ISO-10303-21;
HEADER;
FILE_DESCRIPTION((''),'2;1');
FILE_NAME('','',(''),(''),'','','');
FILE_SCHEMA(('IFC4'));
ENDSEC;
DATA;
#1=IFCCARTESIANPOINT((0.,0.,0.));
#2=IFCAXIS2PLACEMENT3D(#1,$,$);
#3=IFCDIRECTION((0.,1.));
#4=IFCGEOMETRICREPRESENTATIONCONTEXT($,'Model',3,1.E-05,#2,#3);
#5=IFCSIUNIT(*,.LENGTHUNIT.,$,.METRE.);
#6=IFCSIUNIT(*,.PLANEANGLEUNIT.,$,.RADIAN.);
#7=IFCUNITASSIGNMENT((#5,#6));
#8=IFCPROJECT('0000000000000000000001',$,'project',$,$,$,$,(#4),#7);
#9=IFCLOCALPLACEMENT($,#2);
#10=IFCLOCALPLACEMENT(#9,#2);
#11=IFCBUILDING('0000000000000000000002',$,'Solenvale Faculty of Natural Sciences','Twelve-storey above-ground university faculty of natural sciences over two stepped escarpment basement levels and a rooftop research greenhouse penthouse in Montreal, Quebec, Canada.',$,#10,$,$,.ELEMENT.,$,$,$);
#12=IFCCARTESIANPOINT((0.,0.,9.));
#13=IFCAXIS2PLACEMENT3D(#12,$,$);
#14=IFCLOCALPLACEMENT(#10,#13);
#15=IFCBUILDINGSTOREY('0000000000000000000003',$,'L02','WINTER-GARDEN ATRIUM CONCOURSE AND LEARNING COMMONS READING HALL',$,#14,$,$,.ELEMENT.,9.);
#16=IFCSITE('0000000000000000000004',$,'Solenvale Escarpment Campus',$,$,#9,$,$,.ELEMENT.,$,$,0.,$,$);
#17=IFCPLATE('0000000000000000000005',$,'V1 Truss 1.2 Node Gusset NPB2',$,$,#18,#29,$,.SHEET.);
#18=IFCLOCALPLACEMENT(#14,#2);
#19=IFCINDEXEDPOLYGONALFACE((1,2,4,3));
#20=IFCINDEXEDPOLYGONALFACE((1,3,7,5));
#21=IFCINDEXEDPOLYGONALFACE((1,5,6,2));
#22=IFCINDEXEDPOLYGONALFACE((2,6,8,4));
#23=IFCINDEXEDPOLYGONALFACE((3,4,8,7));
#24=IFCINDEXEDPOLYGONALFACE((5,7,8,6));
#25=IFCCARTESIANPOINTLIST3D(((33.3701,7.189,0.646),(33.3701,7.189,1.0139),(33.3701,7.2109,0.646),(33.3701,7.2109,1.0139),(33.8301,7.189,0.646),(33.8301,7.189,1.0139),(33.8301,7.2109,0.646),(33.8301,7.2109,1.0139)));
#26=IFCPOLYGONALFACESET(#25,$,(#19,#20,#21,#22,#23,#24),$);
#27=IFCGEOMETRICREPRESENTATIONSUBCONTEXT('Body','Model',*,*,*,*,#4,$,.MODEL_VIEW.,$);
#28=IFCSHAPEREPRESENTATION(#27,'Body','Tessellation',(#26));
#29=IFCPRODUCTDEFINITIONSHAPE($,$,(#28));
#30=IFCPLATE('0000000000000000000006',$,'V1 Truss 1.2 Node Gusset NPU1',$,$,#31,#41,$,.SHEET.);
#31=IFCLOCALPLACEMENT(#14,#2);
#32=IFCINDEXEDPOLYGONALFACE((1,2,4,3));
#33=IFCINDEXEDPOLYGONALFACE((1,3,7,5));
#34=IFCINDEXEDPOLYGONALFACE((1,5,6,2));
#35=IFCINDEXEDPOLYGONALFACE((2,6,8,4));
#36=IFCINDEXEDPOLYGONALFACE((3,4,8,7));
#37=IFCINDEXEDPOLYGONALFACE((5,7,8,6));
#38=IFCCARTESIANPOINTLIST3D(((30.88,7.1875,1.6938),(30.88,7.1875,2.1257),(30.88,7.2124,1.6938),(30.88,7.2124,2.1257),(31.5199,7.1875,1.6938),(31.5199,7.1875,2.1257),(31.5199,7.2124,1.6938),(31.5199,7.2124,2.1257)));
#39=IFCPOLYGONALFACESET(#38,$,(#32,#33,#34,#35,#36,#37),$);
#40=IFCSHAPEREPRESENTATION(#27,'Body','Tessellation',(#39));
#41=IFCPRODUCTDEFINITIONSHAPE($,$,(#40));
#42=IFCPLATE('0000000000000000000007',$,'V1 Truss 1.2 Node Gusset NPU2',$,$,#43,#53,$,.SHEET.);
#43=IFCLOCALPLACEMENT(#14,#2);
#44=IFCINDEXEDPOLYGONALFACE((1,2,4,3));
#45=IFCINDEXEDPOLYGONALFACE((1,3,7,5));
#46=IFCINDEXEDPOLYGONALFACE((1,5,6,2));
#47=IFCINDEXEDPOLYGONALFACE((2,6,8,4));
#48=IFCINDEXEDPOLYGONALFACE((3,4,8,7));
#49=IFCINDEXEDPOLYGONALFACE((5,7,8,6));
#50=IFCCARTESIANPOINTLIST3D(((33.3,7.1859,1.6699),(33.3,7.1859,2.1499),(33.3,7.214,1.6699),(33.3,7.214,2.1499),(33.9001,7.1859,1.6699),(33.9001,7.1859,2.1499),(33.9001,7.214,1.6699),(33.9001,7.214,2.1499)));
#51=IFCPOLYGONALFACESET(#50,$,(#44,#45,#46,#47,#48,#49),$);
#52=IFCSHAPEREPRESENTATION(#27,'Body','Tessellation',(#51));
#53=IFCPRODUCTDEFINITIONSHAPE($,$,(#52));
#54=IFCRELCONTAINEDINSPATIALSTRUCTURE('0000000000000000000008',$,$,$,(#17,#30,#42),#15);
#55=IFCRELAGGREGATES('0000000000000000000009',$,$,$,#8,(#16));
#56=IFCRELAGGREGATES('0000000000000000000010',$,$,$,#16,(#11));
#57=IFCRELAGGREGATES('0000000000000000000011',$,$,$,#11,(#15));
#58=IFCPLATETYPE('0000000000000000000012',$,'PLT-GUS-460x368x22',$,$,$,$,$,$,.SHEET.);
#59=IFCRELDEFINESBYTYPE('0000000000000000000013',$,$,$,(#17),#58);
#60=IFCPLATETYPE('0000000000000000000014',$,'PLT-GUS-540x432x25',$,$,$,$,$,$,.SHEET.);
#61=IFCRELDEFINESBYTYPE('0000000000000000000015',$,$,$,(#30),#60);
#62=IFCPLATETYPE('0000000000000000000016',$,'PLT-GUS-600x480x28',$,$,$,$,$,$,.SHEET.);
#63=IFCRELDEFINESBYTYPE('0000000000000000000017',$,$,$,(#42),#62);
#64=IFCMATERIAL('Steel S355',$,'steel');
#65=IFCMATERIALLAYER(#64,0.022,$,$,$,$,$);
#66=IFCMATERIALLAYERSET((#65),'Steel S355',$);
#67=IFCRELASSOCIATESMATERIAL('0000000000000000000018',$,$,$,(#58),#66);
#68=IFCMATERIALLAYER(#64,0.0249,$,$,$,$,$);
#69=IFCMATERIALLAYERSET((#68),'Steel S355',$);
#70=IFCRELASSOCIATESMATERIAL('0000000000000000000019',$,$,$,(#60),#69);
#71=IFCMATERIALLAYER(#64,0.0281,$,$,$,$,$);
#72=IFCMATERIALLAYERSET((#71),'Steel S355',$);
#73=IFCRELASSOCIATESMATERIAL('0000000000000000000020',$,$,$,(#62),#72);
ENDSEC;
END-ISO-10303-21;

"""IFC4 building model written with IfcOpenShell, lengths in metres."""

from ifc_helpers import new_model, si_unit, direction, frame, origin, origin_2d, place, context, subcontext, project, spatial, rectangle, extrude, material, layer, layer_set, type_object, element, save


model = new_model("IFC4")

# Units and contexts
model_context = context("Model", 3, precision=1e-05, world=origin(), true_north=direction((0.0, 1.0)))
body_context = subcontext(model_context, "Body", "Model", "MODEL_VIEW")
ifc_project = project(units=[si_unit("LENGTHUNIT", "METRE"), si_unit("PLANEANGLEUNIT", "RADIAN")], contexts=[model_context])

# Site, building, storey
site_placement = place(None, origin())
site = spatial("IfcSite", under=ifc_project, at=site_placement, Name="Solenvale Escarpment Campus", CompositionType="ELEMENT", RefElevation=0.0)
building_placement = place(site_placement, origin())
building = spatial("IfcBuilding", under=site, at=building_placement, Name="Solenvale Faculty of Natural Sciences", Description="Twelve-storey above-ground university faculty of natural sciences over two stepped escarpment basement levels and a rooftop research greenhouse penthouse in Montreal, Quebec, Canada.", CompositionType="ELEMENT")
storey_placement = place(building_placement, frame((0.0, 0.0, 9.0)))
storey = spatial("IfcBuildingStorey", under=building, at=storey_placement, Name="L02", Description="WINTER-GARDEN ATRIUM CONCOURSE AND LEARNING COMMONS READING HALL", CompositionType="ELEMENT", Elevation=9.0)

# Shared definitions
ifc_material_1 = material(Name="Steel S355", Category="steel")

# Plates
ifc_layer_1 = layer(ifc_material_1, 0.022)
ifc_layer_set_1 = layer_set([ifc_layer_1], Name="Steel S355")
plate_type_1 = type_object("IfcPlateType", Name="PLT-GUS-460x368x22", PredefinedType="SHEET", material=ifc_layer_set_1)
plate_1_placement = place(storey_placement, frame((33.6001, 7.2, 0.646), z_axis=(0.0, 0.0, 1.0), x_axis=(1.0, 0.0, 0.0)))
element("IfcPlate", 1, at=plate_1_placement, inside=storey, type_object=plate_type_1, Name="V1 Truss 1.2 Node Gusset NPB2", PredefinedType="SHEET", context=body_context, shape_type="SweptSolid", body=[
    extrude(rectangle(XDim=0.46, YDim=0.022, at=origin_2d()), origin(), (0.0, 0.0, 1.0), 0.3679),
])
ifc_layer_2 = layer(ifc_material_1, 0.0249)
ifc_layer_set_2 = layer_set([ifc_layer_2], Name="Steel S355")
plate_type_2 = type_object("IfcPlateType", Name="PLT-GUS-540x432x25", PredefinedType="SHEET", material=ifc_layer_set_2)
plate_2_placement = place(storey_placement, frame((31.2, 7.2, 1.6938), z_axis=(0.0, 0.0, 1.0), x_axis=(1.0, 0.0, 0.0)))
element("IfcPlate", 2, at=plate_2_placement, inside=storey, type_object=plate_type_2, Name="V1 Truss 1.2 Node Gusset NPU1", PredefinedType="SHEET", context=body_context, shape_type="SweptSolid", body=[
    extrude(rectangle(XDim=0.6399, YDim=0.0249, at=origin_2d()), origin(), (0.0, 0.0, 1.0), 0.4319),
])
ifc_layer_3 = layer(ifc_material_1, 0.0281)
ifc_layer_set_3 = layer_set([ifc_layer_3], Name="Steel S355")
plate_type_3 = type_object("IfcPlateType", Name="PLT-GUS-600x480x28", PredefinedType="SHEET", material=ifc_layer_set_3)
plate_3_placement = place(storey_placement, frame((33.6001, 7.2, 1.6699), z_axis=(0.0, 0.0, 1.0), x_axis=(1.0, 0.0, 0.0)))
element("IfcPlate", 3, at=plate_3_placement, inside=storey, type_object=plate_type_3, Name="V1 Truss 1.2 Node Gusset NPU2", PredefinedType="SHEET", context=body_context, shape_type="SweptSolid", body=[
    extrude(rectangle(XDim=0.6001, YDim=0.0281, at=origin_2d()), origin(), (0.0, 0.0, 1.0), 0.48),
])

save(model, "model.ifc")
